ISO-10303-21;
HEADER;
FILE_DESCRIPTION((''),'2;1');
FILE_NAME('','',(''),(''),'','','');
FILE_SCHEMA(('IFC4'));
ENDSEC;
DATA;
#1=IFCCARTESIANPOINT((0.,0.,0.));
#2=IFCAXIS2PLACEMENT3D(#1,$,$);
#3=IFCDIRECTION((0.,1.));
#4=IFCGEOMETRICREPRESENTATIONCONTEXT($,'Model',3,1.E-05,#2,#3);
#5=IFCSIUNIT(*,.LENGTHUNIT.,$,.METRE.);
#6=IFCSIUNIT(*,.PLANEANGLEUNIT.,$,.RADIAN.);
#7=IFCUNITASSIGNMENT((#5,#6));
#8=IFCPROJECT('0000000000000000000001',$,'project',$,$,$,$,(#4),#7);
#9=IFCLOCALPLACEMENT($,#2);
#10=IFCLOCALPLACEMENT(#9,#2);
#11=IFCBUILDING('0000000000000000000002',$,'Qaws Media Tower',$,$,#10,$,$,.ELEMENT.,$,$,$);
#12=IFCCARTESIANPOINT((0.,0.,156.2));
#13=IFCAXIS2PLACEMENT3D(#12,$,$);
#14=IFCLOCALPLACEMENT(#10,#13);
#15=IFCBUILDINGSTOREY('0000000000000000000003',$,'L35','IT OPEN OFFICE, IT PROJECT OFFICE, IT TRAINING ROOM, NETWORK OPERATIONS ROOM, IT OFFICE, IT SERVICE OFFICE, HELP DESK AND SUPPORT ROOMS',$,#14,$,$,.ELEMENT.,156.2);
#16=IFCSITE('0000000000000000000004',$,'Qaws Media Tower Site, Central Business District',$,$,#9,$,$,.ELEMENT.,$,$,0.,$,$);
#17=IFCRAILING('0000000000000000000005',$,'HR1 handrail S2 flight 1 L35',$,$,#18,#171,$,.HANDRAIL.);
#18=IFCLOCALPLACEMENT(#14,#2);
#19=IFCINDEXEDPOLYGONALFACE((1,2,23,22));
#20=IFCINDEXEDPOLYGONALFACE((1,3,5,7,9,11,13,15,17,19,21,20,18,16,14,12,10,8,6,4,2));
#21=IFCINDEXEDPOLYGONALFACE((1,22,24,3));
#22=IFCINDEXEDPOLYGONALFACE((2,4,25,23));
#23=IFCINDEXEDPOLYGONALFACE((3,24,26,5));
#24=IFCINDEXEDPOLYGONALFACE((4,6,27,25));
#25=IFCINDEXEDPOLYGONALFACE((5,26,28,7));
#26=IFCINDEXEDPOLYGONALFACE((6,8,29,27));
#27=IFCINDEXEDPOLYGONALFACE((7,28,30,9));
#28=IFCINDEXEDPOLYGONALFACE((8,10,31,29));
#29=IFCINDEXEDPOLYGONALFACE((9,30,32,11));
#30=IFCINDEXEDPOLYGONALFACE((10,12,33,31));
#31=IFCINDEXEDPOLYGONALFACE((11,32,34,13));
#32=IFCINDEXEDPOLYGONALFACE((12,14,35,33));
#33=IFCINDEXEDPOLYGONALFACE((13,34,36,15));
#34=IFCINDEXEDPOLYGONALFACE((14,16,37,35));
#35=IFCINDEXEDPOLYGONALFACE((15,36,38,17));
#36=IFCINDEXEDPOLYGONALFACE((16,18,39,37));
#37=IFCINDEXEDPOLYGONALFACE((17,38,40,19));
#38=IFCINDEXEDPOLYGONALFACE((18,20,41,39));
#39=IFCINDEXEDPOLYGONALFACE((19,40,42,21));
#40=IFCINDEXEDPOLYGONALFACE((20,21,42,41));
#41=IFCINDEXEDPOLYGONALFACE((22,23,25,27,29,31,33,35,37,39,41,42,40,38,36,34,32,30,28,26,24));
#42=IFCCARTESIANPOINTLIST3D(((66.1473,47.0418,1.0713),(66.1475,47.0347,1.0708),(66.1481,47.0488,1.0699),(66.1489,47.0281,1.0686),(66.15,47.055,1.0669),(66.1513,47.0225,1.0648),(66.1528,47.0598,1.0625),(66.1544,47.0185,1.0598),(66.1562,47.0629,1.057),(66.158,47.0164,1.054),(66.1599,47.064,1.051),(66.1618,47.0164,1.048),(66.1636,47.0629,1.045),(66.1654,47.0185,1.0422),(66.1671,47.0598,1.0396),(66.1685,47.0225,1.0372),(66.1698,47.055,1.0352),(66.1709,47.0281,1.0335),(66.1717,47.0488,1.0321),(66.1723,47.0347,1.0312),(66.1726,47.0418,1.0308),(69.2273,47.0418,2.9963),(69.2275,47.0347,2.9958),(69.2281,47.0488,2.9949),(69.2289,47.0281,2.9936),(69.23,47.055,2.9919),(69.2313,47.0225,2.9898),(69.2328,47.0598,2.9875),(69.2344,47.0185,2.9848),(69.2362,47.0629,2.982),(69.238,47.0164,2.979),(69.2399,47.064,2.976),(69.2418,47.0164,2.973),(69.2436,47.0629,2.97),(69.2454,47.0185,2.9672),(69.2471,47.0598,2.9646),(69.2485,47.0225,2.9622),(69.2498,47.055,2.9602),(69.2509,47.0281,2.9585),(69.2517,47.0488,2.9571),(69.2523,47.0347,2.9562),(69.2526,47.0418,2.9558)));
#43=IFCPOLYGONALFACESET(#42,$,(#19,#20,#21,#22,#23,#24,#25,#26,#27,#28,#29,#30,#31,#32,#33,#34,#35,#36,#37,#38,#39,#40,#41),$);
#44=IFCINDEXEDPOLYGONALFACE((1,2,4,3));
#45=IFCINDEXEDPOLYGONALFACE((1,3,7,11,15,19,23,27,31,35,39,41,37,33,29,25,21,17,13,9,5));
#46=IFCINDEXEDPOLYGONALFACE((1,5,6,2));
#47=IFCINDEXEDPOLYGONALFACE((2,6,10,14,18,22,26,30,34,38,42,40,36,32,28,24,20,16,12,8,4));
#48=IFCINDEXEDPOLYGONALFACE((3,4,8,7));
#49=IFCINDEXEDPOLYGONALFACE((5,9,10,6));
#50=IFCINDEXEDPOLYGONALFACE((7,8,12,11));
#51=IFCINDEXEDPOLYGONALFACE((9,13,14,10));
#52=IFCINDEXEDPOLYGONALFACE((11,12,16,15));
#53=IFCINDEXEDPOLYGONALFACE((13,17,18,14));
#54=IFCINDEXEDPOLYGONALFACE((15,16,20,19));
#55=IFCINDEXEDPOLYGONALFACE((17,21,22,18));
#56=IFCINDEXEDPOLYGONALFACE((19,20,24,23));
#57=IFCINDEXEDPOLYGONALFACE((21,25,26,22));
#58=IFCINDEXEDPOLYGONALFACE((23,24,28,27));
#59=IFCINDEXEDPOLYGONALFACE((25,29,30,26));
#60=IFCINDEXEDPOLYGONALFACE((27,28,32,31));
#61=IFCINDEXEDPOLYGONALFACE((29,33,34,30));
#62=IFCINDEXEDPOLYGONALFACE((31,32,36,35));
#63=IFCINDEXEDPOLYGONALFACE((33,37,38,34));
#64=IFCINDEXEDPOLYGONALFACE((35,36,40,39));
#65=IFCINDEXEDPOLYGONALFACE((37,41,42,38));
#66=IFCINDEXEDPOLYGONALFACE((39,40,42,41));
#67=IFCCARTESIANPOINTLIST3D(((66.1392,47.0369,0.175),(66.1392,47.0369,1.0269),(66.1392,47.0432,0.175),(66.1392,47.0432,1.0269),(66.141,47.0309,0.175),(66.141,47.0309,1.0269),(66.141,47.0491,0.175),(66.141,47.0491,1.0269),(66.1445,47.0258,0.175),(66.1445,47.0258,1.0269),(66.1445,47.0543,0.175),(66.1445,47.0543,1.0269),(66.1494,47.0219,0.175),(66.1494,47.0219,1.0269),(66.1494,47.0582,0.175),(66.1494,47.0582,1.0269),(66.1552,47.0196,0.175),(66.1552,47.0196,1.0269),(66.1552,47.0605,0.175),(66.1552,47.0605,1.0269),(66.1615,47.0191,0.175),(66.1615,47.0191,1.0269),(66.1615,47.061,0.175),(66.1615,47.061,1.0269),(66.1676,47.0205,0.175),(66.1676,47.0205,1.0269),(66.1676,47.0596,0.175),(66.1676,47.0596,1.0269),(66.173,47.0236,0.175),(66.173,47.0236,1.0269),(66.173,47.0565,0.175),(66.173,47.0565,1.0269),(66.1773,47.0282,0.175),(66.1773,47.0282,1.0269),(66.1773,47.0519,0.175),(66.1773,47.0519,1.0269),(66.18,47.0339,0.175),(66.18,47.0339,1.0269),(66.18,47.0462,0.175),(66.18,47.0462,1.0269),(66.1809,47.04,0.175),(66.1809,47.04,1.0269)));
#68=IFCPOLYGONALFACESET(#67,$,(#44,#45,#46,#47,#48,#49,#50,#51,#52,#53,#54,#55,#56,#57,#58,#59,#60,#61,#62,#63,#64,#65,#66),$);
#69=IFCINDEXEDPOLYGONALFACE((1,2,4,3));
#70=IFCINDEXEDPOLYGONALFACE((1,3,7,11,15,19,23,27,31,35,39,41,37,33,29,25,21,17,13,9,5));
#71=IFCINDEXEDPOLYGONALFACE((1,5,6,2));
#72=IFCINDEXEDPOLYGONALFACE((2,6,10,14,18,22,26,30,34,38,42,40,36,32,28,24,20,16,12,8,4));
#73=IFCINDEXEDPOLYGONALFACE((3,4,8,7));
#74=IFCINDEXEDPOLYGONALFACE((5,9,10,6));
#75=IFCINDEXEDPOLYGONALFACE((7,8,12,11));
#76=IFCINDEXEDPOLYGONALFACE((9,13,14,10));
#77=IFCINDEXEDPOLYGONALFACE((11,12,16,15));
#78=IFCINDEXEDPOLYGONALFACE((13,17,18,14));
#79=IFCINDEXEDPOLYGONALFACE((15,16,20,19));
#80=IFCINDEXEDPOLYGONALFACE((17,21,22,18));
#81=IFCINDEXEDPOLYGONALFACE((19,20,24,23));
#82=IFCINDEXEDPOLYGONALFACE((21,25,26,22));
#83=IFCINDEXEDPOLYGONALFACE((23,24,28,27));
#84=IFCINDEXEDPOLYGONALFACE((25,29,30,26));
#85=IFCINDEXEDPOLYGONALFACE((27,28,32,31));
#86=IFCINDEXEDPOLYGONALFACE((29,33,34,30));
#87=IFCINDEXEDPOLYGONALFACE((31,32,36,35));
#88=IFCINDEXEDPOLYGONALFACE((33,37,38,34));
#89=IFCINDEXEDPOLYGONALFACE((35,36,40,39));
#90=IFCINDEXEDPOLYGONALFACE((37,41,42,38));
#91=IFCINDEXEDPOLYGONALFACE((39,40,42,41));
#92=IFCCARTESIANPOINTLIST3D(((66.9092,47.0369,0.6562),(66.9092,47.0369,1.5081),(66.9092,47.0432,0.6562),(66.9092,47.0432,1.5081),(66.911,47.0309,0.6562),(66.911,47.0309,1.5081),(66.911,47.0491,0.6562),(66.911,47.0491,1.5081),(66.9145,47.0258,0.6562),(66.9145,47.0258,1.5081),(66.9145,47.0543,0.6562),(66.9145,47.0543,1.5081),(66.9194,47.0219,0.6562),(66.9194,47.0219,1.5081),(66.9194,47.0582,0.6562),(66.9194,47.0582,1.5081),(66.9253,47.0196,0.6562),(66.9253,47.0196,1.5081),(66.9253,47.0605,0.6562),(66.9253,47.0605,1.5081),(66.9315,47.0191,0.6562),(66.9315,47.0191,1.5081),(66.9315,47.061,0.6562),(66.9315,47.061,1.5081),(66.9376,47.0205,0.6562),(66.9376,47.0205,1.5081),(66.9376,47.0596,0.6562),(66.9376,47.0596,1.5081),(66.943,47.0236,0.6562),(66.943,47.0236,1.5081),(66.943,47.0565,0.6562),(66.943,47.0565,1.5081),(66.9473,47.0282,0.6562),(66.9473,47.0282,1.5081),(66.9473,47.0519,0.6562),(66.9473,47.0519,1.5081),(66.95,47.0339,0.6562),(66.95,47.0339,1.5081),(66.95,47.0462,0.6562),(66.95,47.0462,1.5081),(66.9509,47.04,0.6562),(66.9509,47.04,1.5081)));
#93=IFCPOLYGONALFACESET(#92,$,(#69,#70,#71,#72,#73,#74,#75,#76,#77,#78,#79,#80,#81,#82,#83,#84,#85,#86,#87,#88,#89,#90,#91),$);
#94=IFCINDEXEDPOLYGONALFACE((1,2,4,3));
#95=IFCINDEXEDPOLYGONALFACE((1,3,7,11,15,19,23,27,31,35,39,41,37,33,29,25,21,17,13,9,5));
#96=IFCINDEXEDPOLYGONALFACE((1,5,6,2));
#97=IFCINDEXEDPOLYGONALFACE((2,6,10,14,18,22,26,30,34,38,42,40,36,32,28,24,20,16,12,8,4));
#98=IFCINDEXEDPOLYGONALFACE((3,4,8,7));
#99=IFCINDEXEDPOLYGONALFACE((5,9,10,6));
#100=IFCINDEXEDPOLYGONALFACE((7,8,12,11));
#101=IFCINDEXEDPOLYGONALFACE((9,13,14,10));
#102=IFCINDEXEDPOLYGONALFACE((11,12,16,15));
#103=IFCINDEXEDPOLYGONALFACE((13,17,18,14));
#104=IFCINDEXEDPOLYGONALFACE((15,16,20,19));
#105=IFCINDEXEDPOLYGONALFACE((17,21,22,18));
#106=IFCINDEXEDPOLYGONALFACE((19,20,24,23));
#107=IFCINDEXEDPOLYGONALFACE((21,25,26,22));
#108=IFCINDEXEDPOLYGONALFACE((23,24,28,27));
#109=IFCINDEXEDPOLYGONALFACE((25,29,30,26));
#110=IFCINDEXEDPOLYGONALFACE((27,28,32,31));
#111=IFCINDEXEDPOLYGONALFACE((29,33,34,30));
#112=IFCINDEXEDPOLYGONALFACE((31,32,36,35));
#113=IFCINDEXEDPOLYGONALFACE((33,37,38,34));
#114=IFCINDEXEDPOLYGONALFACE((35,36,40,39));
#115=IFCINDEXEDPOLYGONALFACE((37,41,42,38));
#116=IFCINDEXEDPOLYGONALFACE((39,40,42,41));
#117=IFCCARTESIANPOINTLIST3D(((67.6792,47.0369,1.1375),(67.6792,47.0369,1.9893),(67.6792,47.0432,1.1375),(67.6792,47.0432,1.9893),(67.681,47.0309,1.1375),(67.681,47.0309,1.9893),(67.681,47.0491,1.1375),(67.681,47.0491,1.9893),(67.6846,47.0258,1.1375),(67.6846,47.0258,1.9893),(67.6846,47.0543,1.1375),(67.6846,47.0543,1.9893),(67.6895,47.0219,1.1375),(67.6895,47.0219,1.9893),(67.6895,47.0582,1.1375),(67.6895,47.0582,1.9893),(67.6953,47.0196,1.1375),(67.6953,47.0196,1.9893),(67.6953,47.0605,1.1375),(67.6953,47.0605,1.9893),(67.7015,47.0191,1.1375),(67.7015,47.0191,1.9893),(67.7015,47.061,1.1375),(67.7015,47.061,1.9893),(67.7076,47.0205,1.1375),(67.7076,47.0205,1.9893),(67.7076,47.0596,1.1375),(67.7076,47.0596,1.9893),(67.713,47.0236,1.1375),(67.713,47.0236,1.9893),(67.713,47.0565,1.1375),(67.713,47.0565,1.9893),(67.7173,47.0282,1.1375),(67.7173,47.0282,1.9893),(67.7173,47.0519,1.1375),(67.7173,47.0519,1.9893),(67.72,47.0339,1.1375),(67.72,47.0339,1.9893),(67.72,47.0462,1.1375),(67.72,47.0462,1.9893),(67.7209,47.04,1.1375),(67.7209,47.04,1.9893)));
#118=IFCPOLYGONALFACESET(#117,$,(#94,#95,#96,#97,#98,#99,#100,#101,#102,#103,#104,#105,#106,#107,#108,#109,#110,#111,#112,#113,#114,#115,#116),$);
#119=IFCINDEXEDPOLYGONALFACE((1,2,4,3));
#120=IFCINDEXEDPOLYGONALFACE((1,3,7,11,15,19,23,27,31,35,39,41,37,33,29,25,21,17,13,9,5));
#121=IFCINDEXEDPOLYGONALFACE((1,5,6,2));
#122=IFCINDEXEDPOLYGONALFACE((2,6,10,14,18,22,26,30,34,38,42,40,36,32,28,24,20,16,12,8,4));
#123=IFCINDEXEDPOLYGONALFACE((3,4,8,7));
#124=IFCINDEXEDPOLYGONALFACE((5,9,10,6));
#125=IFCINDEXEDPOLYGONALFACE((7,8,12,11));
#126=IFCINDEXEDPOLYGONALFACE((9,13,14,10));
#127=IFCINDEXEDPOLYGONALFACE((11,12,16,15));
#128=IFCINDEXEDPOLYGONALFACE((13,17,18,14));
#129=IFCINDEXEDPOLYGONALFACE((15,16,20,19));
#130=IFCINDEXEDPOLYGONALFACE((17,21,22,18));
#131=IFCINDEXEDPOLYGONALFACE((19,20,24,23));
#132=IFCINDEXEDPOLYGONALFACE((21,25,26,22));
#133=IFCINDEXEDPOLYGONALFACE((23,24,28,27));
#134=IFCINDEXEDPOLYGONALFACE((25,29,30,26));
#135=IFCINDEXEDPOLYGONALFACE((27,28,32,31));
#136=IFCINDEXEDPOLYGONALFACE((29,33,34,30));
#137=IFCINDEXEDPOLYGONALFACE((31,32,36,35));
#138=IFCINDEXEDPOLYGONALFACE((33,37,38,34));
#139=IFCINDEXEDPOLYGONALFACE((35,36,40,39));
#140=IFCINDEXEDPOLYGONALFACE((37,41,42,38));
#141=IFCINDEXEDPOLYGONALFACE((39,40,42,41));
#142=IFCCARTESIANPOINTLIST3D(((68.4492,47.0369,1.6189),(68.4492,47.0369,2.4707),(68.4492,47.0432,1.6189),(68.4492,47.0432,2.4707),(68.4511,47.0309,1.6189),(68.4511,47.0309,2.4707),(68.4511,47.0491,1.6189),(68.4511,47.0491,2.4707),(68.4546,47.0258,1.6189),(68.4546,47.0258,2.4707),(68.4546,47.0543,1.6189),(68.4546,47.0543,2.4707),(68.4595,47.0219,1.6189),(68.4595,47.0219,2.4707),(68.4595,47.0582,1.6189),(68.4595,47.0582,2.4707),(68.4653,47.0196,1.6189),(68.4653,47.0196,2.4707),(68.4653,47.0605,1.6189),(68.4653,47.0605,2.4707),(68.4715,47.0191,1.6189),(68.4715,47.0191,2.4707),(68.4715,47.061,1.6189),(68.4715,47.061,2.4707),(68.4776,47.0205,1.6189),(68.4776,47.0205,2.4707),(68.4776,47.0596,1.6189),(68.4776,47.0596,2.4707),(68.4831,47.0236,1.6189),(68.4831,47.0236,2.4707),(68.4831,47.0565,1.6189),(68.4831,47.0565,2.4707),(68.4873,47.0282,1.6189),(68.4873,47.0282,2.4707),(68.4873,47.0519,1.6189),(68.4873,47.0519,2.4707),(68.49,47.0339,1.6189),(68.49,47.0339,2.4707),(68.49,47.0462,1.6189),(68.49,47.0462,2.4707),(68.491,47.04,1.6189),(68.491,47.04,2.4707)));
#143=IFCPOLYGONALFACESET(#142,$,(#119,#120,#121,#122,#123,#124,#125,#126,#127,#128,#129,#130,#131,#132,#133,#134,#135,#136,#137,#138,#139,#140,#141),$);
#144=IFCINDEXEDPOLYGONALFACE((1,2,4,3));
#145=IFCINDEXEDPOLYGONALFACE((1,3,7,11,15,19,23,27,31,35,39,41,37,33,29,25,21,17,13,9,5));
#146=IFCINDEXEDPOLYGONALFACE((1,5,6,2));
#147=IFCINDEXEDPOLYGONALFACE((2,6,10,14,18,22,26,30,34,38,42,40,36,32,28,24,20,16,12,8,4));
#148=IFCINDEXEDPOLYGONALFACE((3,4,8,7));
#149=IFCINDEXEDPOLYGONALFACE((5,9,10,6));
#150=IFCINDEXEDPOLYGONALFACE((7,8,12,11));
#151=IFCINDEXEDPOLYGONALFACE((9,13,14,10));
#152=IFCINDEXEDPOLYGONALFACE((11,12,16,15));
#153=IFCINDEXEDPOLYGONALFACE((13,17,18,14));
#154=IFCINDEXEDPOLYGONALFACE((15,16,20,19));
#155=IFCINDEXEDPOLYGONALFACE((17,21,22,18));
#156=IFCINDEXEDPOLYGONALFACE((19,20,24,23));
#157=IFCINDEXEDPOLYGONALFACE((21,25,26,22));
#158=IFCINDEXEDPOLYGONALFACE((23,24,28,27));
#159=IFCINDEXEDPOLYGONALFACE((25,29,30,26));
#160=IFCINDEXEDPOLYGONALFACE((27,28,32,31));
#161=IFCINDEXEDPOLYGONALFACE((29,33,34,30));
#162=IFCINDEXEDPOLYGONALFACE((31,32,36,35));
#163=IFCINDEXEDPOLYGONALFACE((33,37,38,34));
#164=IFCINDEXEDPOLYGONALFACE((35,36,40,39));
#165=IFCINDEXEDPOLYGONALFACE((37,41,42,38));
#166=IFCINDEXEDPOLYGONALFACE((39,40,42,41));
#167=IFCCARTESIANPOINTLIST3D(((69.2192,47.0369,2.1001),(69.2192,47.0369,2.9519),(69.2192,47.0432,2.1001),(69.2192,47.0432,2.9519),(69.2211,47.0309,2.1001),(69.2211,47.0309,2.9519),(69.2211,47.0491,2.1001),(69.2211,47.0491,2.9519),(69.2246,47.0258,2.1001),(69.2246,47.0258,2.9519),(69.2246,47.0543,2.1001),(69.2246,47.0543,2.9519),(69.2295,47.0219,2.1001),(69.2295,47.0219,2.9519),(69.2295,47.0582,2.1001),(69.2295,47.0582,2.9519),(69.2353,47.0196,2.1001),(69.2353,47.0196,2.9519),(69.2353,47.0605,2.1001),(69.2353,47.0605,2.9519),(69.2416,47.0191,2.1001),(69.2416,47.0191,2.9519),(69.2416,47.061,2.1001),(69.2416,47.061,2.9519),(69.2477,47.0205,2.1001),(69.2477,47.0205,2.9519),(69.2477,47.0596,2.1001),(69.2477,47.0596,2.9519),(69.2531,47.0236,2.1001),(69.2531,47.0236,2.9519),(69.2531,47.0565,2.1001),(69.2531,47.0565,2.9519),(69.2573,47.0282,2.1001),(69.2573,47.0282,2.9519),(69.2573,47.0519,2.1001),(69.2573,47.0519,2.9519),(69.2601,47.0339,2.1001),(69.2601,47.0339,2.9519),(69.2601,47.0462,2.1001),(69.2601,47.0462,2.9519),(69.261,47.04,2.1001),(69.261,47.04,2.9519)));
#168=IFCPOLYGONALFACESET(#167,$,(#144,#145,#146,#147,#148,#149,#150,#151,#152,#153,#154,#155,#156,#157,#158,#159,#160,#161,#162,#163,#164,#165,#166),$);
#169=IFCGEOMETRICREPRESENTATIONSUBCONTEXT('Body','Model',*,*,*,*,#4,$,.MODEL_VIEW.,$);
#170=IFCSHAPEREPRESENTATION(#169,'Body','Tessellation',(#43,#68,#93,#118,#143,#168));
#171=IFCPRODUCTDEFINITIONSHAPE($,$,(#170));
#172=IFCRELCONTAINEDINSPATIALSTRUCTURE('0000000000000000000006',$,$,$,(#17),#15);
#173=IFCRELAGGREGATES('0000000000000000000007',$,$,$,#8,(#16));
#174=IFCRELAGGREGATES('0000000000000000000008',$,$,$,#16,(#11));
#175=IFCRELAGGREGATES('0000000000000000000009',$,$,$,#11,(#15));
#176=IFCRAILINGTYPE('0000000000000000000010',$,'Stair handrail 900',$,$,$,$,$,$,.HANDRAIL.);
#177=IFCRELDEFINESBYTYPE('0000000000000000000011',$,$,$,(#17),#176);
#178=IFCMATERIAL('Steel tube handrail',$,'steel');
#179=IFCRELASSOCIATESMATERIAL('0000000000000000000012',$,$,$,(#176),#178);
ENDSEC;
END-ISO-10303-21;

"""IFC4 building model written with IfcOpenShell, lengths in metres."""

from ifc_helpers import new_model, si_unit, direction, frame, origin, origin_2d, place, context, subcontext, project, spatial, circle, extrude, material, type_object, element, save


model = new_model("IFC4")

# Units and contexts
model_context = context("Model", 3, precision=1e-05, world=origin(), true_north=direction((0.0, 1.0)))
body_context = subcontext(model_context, "Body", "Model", "MODEL_VIEW")
ifc_project = project(units=[si_unit("LENGTHUNIT", "METRE"), si_unit("PLANEANGLEUNIT", "RADIAN")], contexts=[model_context])

# Site, building, storey
site_placement = place(None, origin())
site = spatial("IfcSite", under=ifc_project, at=site_placement, Name="Qaws Media Tower Site, Central Business District", CompositionType="ELEMENT", RefElevation=0.0)
building_placement = place(site_placement, origin())
building = spatial("IfcBuilding", under=site, at=building_placement, Name="Qaws Media Tower", CompositionType="ELEMENT")
storey_placement = place(building_placement, frame((0.0, 0.0, 156.2)))
storey = spatial("IfcBuildingStorey", under=building, at=storey_placement, Name="L35", Description="IT OPEN OFFICE, IT PROJECT OFFICE, IT TRAINING ROOM, NETWORK OPERATIONS ROOM, IT OFFICE, IT SERVICE OFFICE, HELP DESK AND SUPPORT ROOMS", CompositionType="ELEMENT", Elevation=156.2)

# Railing
ifc_material_1 = material(Name="Steel tube handrail", Category="steel")
railing_type = type_object("IfcRailingType", Name="Stair handrail 900", PredefinedType="HANDRAIL", material=ifc_material_1)
for number, where, name in (
    (1, (66.1599, 47.04, 0.175), "HR1 handrail S2 flight 1 L35"),
):
    element("IfcRailing", number, at=place(storey_placement, frame(where)), inside=storey, type_object=railing_type, Name=name, PredefinedType="HANDRAIL", context=body_context, shape_type="SweptSolid", body=[
        extrude(circle(Radius=0.0239, at=origin_2d()), frame((0.0, 0.0, 0.876), z_axis=(0.847998, 0.0, 0.529999), x_axis=(0.0, 1.0, 0.0)), (0.0, 0.0, 1.0), 3.6321),
        extrude(circle(Radius=0.021, at=origin_2d()), origin(), (0.0, 0.0, 1.0), 0.8518),
        extrude(circle(Radius=0.021, at=origin_2d()), frame((0.77, 0.0, 0.4812)), (0.0, 0.0, 1.0), 0.8518),
        extrude(circle(Radius=0.021, at=origin_2d()), frame((1.54, 0.0, 0.9624)), (0.0, 0.0, 1.0), 0.8518),
        extrude(circle(Radius=0.021, at=origin_2d()), frame((2.3101, 0.0, 1.4438)), (0.0, 0.0, 1.0), 0.8518),
        extrude(circle(Radius=0.021, at=origin_2d()), frame((3.0801, 0.0, 1.925)), (0.0, 0.0, 1.0), 0.8518),
    ])

save(model, "model.ifc")
